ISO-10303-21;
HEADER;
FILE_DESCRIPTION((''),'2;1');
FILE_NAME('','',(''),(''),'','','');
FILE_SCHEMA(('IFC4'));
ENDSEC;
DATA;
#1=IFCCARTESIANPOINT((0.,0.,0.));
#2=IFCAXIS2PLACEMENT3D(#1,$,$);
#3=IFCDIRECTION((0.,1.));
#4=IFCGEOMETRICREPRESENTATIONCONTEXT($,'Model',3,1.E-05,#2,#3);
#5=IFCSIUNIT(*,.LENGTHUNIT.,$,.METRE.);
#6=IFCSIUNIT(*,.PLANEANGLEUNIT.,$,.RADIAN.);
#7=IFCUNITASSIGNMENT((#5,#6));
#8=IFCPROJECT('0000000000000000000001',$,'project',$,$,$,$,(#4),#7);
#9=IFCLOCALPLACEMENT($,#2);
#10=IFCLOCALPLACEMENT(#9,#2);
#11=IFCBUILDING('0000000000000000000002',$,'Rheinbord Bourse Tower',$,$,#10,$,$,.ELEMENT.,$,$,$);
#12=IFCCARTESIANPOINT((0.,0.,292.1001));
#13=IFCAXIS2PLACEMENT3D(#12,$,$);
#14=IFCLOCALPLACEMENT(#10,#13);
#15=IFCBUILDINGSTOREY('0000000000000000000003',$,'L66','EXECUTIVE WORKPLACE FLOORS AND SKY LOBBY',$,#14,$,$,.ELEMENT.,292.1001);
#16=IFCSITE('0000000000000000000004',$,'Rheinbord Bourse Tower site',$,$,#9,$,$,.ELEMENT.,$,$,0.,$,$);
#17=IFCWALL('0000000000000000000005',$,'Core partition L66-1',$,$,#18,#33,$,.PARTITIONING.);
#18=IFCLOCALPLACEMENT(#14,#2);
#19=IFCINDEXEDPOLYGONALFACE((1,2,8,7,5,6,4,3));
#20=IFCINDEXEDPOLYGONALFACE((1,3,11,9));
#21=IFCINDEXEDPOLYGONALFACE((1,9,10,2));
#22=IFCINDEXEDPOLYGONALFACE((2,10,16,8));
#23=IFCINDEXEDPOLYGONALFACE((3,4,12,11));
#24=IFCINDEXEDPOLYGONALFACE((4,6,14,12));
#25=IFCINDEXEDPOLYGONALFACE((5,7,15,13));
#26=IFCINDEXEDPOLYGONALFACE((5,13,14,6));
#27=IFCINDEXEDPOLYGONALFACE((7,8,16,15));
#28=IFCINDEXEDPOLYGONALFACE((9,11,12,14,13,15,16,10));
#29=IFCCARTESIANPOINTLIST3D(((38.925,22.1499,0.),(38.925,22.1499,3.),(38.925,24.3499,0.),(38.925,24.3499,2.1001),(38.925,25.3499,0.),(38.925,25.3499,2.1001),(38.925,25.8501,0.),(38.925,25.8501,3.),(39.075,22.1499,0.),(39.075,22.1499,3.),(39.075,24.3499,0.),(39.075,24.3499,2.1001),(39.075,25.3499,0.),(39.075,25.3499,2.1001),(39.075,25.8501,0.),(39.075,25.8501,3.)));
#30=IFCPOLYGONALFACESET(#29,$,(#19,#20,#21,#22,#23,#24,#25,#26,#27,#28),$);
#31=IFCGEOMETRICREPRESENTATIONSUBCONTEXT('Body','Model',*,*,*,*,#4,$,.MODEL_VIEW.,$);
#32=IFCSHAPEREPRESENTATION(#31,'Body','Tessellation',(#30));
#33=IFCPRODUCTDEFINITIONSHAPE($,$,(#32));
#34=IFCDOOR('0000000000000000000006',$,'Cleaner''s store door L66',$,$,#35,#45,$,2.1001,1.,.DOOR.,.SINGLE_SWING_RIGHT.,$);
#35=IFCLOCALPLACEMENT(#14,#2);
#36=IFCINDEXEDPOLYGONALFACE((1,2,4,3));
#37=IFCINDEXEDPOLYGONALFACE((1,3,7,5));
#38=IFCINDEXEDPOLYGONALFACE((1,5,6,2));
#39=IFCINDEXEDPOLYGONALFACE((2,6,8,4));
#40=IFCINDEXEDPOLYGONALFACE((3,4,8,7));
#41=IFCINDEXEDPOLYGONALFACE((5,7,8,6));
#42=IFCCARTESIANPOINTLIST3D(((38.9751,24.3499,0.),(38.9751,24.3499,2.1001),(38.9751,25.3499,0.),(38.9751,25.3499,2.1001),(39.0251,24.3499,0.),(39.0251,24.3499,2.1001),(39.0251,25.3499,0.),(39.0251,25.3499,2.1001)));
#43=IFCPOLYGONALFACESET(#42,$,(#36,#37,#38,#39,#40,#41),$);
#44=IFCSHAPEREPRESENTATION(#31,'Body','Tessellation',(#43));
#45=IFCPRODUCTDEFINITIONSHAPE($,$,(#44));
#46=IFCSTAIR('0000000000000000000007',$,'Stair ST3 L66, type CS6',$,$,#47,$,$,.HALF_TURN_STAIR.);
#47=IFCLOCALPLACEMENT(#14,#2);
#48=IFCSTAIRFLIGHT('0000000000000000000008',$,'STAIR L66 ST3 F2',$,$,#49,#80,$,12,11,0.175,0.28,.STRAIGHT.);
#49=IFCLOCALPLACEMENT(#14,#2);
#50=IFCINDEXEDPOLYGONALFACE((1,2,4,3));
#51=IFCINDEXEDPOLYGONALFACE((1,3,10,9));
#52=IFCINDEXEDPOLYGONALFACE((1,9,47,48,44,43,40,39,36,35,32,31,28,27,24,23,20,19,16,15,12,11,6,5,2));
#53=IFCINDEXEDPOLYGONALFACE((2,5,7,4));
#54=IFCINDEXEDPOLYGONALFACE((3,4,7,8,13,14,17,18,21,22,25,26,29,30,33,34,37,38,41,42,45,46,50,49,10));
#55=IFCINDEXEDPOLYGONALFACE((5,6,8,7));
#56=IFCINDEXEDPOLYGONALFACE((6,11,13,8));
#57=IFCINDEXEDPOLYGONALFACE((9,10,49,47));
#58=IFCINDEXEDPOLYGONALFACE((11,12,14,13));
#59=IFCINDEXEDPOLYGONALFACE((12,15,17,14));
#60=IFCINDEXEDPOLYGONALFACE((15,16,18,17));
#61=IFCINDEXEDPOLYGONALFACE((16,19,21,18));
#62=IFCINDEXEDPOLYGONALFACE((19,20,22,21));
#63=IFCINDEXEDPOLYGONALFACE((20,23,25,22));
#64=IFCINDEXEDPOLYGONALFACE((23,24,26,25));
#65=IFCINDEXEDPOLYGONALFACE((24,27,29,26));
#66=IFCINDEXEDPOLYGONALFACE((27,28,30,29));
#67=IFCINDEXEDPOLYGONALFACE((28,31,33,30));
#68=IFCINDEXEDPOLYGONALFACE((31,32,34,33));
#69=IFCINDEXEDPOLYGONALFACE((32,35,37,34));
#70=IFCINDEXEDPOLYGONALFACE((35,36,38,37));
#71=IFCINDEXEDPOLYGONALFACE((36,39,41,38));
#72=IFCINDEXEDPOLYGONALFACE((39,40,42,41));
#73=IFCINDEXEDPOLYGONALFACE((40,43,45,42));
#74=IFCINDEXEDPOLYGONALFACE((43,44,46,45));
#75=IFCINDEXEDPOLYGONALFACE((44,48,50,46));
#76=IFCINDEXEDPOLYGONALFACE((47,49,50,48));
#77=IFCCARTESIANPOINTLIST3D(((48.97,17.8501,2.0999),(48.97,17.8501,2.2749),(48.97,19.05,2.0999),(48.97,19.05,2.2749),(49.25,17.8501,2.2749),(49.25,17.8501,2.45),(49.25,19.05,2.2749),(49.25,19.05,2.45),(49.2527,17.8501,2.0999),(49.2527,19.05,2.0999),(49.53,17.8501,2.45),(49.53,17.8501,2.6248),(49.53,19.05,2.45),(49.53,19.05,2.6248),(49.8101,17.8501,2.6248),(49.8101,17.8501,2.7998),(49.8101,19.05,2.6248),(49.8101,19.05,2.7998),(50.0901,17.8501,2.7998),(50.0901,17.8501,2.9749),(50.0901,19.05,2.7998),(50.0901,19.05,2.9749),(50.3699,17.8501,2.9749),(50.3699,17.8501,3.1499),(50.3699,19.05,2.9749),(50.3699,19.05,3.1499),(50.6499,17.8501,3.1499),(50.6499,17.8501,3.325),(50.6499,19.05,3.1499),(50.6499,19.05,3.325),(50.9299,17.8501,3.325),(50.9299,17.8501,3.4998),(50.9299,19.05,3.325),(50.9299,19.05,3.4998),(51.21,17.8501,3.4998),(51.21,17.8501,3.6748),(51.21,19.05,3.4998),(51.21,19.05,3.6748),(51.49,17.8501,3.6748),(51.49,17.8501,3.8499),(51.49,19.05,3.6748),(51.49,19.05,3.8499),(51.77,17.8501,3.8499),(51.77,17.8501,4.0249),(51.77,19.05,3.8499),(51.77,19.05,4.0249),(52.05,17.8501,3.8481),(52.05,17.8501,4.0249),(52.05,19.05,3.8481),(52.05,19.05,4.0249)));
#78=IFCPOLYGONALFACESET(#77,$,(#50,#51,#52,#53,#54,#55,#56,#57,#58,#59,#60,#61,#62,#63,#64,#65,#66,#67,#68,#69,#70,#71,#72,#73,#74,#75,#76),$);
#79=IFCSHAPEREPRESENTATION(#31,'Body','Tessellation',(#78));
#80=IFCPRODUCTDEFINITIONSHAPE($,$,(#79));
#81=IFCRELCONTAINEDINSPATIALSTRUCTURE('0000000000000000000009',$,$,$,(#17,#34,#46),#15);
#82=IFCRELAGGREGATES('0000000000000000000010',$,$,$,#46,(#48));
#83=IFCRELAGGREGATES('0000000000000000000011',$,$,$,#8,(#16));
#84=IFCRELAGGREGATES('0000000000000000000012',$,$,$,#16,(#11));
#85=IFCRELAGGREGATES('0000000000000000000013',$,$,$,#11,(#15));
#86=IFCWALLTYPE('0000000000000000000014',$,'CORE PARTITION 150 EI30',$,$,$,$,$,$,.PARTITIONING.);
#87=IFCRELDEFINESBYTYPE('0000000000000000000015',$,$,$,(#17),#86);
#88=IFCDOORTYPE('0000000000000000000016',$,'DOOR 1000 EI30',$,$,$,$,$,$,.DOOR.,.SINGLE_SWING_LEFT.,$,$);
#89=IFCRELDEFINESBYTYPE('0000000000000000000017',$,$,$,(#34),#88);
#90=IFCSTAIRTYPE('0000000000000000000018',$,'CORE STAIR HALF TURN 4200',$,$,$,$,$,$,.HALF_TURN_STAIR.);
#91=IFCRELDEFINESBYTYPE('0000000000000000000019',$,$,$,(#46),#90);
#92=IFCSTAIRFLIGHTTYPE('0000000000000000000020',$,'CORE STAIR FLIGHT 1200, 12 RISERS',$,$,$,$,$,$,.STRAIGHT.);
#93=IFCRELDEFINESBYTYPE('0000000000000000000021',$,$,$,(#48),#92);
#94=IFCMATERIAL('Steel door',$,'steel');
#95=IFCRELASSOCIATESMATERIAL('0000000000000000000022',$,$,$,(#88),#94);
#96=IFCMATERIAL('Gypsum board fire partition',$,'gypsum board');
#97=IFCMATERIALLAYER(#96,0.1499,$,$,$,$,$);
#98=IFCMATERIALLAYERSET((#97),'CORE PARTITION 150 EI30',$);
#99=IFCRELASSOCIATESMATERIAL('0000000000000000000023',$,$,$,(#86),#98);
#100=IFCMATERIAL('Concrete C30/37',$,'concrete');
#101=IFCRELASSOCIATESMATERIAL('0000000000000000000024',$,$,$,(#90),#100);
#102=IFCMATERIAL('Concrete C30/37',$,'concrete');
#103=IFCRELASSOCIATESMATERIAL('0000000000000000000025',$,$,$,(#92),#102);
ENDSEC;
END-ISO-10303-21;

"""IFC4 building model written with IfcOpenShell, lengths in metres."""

from ifc_helpers import new_model, si_unit, direction, frame, frame_2d, origin, place, context, subcontext, project, spatial, polyline, rectangle, outline, extrude, material, layer, layer_set, type_object, element, fill, aggregate, save


model = new_model("IFC4")

# Units and contexts
model_context = context("Model", 3, precision=1e-05, world=origin(), true_north=direction((0.0, 1.0)))
body_context = subcontext(model_context, "Body", "Model", "MODEL_VIEW")
ifc_project = project(units=[si_unit("LENGTHUNIT", "METRE"), si_unit("PLANEANGLEUNIT", "RADIAN")], contexts=[model_context])

# Site, building, storey
site_placement = place(None, origin())
site = spatial("IfcSite", under=ifc_project, at=site_placement, Name="Rheinbord Bourse Tower site", CompositionType="ELEMENT", RefElevation=0.0)
building_placement = place(site_placement, origin())
building = spatial("IfcBuilding", under=site, at=building_placement, Name="Rheinbord Bourse Tower", CompositionType="ELEMENT")
storey_placement = place(building_placement, frame((0.0, 0.0, 292.1001)))
storey = spatial("IfcBuildingStorey", under=building, at=storey_placement, Name="L66", Description="EXECUTIVE WORKPLACE FLOORS AND SKY LOBBY", CompositionType="ELEMENT", Elevation=292.1001)

# Shared definitions
ifc_material_1 = material(Name="Steel door", Category="steel")
door_type_1 = type_object("IfcDoorType", Name="DOOR 1000 EI30", OperationType="SINGLE_SWING_LEFT", PredefinedType="DOOR", material=ifc_material_1)

# Wall, opening, door
ifc_material_2 = material(Name="Gypsum board fire partition", Category="gypsum board")
ifc_layer_1 = layer(ifc_material_2, 0.1499)
ifc_layer_set_1 = layer_set([ifc_layer_1], Name="CORE PARTITION 150 EI30")
wall_type_1 = type_object("IfcWallType", Name="CORE PARTITION 150 EI30", PredefinedType="PARTITIONING", material=ifc_layer_set_1)
wall_1_placement = place(storey_placement, frame((39.0, 22.1499, 0.0), z_axis=(0.0, 0.0, 1.0), x_axis=(0.0, 1.0, 0.0)))
wall_1 = element("IfcWall", 1, at=wall_1_placement, inside=storey, type_object=wall_type_1, Name="Core partition L66-1", PredefinedType="PARTITIONING", context=body_context, shape_type="SweptSolid", body=[
    extrude(rectangle(XDim=3.7002, YDim=0.1499, at=frame_2d((1.8501, 0.0))), origin(), (0.0, 0.0, 1.0), 3.0),
])
opening_1_placement = place(wall_1_placement, frame((2.2, 0.0, 0.0)))
opening_1 = element("IfcOpeningElement", 2, at=opening_1_placement, cuts=wall_1, PredefinedType="OPENING", context=body_context, shape_type="SweptSolid", body=[
    extrude(rectangle(XDim=1.0, YDim=2.1001, at=frame_2d((0.5, 1.05))), frame((0.0, 0.085, 0.0), z_axis=(0.0, -1.0, 0.0), x_axis=(1.0, 0.0, 0.0)), (0.0, 0.0, 1.0), 0.1699),
])
door_1_placement = place(opening_1_placement, origin())
door_1 = element("IfcDoor", 3, at=door_1_placement, inside=storey, type_object=door_type_1, Name="Cleaner's store door L66", OperationType="SINGLE_SWING_RIGHT", OverallHeight=2.1001, OverallWidth=1.0, PredefinedType="DOOR", context=body_context, shape_type="SweptSolid", body=[
    extrude(rectangle(XDim=1.0, YDim=2.1001, at=frame_2d((0.5, 1.05))), frame((0.0, 0.0249, 0.0), z_axis=(0.0, -1.0, 0.0), x_axis=(1.0, 0.0, 0.0)), (0.0, 0.0, 1.0), 0.05),
])
fill(opening_1, door_1)

# Stair, stair flight
ifc_material_3 = material(Name="Concrete C30/37", Category="concrete")
stair_type = type_object("IfcStairType", Name="CORE STAIR HALF TURN 4200", PredefinedType="HALF_TURN_STAIR", material=ifc_material_3)
stair_placement = place(storey_placement, origin())
stair = element("IfcStair", 4, at=stair_placement, inside=storey, type_object=stair_type, Name="Stair ST3 L66, type CS6", PredefinedType="HALF_TURN_STAIR")
ifc_material_4 = material(Name="Concrete C30/37", Category="concrete")
stair_flight_type = type_object("IfcStairFlightType", Name="CORE STAIR FLIGHT 1200, 12 RISERS", PredefinedType="STRAIGHT", material=ifc_material_4)
stair_flight_placement = place(storey_placement, frame((48.97, 18.45, 2.0999), z_axis=(0.0, 0.0, 1.0), x_axis=(1.0, 0.0, 0.0)))
stair_flight = element("IfcStairFlight", 5, at=stair_flight_placement, type_object=stair_flight_type, Name="STAIR L66 ST3 F2", NumberOfRisers=12, NumberOfTreads=11, PredefinedType="STRAIGHT", RiserHeight=0.175, TreadLength=0.28, context=body_context, shape_type="SweptSolid", body=[
    extrude(outline(polyline([(0.0, 0.0), (0.0, 0.175), (0.28, 0.175), (0.28, 0.3501), (0.5601, 0.3501), (0.5601, 0.5249), (0.8401, 0.5249), (0.8401, 0.7), (1.1201, 0.7), (1.1201, 0.875), (1.3999, 0.875), (1.3999, 1.05), (1.6799, 1.05), (1.6799, 1.2251), (1.96, 1.2251), (1.96, 1.3999), (2.24, 1.3999), (2.24, 1.575), (2.52, 1.575), (2.52, 1.75), (2.8, 1.75), (2.8, 1.925), (3.0801, 1.925), (3.0801, 2.1001), (3.0801, 1.7483), (0.2827, 0.0), (0.0, 0.0)])), frame((0.0, 0.6001, 0.0), z_axis=(0.0, -1.0, 0.0), x_axis=(1.0, 0.0, 0.0)), (0.0, 0.0, 1.0), 1.2),
])
aggregate(stair, [stair_flight])

save(model, "model.ifc")
